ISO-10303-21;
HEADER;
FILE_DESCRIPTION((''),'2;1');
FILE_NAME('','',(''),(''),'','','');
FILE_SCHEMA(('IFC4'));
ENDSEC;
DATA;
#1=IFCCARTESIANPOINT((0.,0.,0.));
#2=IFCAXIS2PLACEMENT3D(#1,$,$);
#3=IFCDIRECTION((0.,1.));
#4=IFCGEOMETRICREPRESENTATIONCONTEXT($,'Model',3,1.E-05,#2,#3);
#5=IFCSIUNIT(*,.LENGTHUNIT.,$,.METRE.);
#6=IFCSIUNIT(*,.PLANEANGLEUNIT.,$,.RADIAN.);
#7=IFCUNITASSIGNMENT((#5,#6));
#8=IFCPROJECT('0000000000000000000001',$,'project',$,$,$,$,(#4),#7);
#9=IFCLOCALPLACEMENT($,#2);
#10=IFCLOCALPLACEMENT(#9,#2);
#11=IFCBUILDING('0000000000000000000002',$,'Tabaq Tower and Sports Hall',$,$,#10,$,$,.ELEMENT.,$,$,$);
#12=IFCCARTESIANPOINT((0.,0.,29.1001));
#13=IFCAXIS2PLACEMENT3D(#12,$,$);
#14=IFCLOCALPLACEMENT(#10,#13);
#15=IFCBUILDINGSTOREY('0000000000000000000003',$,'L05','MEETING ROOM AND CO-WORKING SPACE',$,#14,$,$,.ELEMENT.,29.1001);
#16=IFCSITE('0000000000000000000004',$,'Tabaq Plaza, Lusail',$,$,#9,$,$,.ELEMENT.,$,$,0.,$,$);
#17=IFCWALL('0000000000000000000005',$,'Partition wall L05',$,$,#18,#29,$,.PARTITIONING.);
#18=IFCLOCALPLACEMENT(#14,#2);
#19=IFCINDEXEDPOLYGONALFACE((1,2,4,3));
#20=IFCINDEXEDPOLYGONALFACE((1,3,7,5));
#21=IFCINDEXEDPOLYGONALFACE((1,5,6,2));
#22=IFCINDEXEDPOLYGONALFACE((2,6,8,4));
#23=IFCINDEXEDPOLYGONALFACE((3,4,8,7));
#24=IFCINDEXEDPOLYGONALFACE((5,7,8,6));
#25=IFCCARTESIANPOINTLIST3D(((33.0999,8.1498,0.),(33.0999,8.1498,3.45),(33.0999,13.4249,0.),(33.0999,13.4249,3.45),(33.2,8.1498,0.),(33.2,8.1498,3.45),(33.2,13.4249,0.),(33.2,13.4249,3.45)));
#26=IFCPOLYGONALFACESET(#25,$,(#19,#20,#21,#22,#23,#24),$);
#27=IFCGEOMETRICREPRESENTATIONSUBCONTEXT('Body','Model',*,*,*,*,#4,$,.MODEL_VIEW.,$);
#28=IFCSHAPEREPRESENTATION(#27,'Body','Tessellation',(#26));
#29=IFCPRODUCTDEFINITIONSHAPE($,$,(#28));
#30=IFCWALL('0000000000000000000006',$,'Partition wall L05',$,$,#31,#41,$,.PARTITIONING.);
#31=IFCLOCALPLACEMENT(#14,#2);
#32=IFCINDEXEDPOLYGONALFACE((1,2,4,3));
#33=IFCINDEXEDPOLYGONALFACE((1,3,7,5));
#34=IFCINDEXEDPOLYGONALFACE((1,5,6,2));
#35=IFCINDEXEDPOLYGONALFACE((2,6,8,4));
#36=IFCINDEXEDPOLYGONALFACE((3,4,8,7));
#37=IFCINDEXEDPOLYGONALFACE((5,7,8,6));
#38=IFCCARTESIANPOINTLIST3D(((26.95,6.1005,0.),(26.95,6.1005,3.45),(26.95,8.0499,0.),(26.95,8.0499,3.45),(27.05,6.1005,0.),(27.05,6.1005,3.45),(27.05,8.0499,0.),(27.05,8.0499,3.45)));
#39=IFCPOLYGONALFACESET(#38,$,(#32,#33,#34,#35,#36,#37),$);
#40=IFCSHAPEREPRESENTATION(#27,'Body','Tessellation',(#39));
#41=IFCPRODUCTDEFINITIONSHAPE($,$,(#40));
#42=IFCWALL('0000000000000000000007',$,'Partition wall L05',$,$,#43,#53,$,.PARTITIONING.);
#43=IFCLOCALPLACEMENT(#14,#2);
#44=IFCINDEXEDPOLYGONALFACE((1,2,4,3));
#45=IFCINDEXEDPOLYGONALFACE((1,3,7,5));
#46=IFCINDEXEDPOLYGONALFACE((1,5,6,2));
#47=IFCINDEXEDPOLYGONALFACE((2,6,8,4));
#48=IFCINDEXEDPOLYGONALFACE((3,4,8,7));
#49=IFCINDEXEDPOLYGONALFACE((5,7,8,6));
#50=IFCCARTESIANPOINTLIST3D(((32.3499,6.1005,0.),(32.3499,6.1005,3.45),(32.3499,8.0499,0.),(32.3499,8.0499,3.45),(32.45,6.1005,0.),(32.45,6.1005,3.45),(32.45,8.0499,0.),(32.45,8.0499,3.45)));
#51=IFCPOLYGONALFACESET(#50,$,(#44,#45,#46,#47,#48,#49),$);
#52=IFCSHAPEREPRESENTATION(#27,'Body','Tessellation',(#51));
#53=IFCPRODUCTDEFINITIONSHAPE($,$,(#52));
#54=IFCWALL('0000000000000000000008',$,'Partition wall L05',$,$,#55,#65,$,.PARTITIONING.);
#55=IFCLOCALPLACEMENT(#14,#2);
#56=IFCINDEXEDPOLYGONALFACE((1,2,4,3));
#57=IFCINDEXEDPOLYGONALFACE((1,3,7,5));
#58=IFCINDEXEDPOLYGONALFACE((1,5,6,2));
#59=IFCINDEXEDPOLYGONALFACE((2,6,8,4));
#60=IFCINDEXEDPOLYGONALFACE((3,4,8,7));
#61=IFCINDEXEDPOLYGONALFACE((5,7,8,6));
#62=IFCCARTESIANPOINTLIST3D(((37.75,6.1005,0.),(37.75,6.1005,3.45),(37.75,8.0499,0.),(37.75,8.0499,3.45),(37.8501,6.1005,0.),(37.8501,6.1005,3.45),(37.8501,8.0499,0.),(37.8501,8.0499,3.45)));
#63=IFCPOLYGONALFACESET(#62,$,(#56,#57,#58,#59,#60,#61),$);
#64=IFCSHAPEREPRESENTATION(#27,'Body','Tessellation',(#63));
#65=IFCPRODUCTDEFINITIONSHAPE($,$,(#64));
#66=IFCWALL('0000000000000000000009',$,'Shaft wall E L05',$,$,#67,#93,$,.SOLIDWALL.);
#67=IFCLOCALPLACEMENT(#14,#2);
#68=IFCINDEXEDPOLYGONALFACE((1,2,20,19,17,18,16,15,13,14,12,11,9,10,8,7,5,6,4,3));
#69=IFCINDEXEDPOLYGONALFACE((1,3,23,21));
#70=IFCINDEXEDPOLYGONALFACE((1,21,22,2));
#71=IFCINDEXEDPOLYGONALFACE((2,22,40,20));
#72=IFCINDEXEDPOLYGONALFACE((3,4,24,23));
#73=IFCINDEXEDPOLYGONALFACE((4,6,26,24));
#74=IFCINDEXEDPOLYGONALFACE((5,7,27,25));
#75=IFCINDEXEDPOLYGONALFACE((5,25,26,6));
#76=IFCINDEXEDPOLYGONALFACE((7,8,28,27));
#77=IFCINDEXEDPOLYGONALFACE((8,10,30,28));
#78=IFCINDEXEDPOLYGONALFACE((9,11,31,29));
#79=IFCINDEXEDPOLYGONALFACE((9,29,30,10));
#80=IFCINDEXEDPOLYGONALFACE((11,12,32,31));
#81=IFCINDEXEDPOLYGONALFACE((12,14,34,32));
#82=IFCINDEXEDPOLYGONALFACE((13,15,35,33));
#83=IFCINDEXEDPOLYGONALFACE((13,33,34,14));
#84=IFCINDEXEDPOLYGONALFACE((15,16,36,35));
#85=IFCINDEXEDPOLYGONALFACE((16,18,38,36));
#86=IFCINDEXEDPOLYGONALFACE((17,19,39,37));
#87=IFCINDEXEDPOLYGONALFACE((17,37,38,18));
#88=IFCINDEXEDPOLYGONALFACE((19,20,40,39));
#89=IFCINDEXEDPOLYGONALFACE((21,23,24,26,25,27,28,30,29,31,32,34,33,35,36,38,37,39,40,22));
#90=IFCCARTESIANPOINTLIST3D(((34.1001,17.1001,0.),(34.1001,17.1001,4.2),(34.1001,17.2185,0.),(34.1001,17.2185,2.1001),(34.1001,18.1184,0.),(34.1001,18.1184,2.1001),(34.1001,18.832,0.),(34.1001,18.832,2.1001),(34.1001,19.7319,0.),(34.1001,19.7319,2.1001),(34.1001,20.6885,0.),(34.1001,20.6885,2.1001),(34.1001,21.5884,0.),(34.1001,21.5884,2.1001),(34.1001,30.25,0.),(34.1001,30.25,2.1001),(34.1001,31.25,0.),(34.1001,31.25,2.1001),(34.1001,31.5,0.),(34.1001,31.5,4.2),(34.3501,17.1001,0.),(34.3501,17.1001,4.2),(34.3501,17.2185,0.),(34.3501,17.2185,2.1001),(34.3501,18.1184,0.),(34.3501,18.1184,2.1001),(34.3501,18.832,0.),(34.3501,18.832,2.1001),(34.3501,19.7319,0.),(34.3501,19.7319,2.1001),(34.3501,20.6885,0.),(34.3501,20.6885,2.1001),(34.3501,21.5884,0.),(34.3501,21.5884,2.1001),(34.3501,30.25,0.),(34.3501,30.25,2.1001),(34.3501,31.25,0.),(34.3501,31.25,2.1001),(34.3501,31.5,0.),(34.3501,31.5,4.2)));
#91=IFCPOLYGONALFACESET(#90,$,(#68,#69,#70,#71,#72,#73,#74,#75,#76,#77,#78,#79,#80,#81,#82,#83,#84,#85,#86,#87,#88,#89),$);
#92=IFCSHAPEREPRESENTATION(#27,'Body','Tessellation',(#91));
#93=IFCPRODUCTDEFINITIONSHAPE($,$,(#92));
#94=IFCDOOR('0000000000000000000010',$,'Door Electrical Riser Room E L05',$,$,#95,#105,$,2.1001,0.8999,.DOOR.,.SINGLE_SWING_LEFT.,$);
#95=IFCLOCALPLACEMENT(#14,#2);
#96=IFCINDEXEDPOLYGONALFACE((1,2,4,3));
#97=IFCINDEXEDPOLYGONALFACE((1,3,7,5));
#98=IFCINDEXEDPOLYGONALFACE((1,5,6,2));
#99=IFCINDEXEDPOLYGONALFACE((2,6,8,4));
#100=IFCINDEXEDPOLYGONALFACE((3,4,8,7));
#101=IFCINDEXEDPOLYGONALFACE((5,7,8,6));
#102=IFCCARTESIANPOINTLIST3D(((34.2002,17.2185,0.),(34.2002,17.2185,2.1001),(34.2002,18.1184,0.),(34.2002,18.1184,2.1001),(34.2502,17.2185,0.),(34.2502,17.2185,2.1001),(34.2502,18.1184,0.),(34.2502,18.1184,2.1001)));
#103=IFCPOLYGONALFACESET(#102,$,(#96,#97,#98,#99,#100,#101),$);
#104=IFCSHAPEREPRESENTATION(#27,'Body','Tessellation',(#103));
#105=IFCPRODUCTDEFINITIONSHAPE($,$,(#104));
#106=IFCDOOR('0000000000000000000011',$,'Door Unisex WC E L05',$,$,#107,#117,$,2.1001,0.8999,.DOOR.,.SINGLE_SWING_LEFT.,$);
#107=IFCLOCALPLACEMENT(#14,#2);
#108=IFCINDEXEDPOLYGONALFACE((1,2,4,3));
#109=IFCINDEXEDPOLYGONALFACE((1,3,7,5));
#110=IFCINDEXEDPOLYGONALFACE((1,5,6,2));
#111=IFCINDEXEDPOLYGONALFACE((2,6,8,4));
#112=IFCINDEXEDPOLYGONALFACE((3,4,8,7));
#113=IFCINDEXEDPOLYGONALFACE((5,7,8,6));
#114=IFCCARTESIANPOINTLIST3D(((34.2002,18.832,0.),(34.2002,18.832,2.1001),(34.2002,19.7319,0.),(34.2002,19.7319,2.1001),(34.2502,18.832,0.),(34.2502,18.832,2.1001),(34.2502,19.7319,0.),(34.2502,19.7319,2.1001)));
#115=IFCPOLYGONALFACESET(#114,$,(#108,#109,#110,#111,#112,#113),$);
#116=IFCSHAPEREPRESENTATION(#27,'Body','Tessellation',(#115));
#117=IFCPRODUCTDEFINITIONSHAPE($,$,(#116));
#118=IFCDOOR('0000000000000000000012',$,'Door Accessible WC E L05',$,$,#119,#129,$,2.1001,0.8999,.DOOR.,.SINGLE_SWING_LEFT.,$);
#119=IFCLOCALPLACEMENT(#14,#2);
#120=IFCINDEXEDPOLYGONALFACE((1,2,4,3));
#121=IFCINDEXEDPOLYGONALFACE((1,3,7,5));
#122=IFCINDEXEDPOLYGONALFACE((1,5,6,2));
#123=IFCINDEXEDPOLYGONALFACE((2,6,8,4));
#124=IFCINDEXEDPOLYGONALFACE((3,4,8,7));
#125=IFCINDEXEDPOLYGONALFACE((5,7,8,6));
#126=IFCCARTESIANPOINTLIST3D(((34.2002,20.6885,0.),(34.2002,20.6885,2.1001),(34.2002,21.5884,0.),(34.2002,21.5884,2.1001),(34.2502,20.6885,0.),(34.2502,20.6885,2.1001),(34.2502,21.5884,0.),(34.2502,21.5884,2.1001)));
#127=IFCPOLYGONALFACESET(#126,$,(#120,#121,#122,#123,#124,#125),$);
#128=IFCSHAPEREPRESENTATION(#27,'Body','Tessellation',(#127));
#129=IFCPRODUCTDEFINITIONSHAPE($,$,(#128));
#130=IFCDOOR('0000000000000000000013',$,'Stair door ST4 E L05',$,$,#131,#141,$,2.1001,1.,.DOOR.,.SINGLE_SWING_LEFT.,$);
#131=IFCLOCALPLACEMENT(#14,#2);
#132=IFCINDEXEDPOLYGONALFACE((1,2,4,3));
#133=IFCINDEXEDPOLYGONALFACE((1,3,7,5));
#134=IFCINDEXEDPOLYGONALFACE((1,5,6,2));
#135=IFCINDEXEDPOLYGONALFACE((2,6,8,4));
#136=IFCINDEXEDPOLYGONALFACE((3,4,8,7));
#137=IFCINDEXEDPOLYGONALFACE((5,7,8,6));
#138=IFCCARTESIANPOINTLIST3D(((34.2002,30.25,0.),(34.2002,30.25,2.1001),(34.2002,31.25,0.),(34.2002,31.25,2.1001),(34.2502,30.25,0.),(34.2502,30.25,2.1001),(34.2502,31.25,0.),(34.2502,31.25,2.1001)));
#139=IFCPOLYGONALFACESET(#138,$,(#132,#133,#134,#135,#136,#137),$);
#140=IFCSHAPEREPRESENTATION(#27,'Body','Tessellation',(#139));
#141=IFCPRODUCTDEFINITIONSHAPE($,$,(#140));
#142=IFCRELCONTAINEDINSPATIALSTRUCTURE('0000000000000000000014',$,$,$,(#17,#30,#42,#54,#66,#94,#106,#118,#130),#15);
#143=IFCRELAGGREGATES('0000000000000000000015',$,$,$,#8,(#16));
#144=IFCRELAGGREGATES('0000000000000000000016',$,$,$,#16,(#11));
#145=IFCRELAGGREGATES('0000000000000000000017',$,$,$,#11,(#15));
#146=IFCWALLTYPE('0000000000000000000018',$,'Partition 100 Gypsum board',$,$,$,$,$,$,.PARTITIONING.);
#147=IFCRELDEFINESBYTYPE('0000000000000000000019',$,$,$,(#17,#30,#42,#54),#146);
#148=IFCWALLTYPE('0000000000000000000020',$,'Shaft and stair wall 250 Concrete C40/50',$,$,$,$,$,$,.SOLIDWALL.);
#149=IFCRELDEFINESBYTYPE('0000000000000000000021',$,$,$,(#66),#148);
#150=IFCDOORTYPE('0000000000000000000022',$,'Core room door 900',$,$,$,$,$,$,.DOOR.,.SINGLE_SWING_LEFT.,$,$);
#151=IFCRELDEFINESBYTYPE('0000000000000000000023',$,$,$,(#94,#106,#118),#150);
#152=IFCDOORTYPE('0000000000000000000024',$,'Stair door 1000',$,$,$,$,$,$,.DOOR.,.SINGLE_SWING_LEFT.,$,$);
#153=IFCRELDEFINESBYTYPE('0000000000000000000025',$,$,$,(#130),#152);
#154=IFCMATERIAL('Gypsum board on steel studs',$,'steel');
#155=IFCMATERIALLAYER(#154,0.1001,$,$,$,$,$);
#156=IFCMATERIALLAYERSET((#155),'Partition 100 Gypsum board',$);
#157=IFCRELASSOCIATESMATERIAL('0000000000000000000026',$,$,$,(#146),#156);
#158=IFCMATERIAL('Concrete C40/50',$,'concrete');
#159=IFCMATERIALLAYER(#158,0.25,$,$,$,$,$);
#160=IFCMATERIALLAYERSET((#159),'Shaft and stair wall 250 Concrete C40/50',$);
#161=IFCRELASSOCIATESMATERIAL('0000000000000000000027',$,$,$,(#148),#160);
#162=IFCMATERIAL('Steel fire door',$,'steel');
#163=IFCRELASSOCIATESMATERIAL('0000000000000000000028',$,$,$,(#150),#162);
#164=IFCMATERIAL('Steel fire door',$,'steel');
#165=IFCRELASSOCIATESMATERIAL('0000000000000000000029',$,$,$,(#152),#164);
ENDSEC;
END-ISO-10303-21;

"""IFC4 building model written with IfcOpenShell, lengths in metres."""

from ifc_helpers import new_model, si_unit, direction, frame, frame_2d, origin, place, context, subcontext, project, spatial, rectangle, extrude, material, layer, layer_set, type_object, element, fill, save


model = new_model("IFC4")

# Units and contexts
model_context = context("Model", 3, precision=1e-05, world=origin(), true_north=direction((0.0, 1.0)))
body_context = subcontext(model_context, "Body", "Model", "MODEL_VIEW")
ifc_project = project(units=[si_unit("LENGTHUNIT", "METRE"), si_unit("PLANEANGLEUNIT", "RADIAN")], contexts=[model_context])

# Site, building, storey
site_placement = place(None, origin())
site = spatial("IfcSite", under=ifc_project, at=site_placement, Name="Tabaq Plaza, Lusail", CompositionType="ELEMENT", RefElevation=0.0)
building_placement = place(site_placement, origin())
building = spatial("IfcBuilding", under=site, at=building_placement, Name="Tabaq Tower and Sports Hall", CompositionType="ELEMENT")
storey_placement = place(building_placement, frame((0.0, 0.0, 29.1001)))
storey = spatial("IfcBuildingStorey", under=building, at=storey_placement, Name="L05", Description="MEETING ROOM AND CO-WORKING SPACE", CompositionType="ELEMENT", Elevation=29.1001)

# Walls
ifc_material_1 = material(Name="Gypsum board on steel studs", Category="steel")
ifc_layer_1 = layer(ifc_material_1, 0.1001)
ifc_layer_set_1 = layer_set([ifc_layer_1], Name="Partition 100 Gypsum board")
wall_type_1 = type_object("IfcWallType", Name="Partition 100 Gypsum board", PredefinedType="PARTITIONING", material=ifc_layer_set_1)
wall_1_placement = place(storey_placement, frame((33.1499, 13.425, 0.0), z_axis=(0.0, 0.0, 1.0), x_axis=(0.0, -1.0, 0.0)))
element("IfcWall", 1, at=wall_1_placement, inside=storey, type_object=wall_type_1, Name="Partition wall L05", PredefinedType="PARTITIONING", context=body_context, shape_type="SweptSolid", body=[
    extrude(rectangle(XDim=5.2751, YDim=0.1001, at=frame_2d((2.6377, 0.0))), origin(), (0.0, 0.0, 1.0), 3.45),
])
for number, where, z_axis, x_axis, name in (
    (2, (27.0, 6.1006, 0.0), (0.0, 0.0, 1.0), (0.0, 1.0, 0.0), "Partition wall L05"),
    (3, (32.3999, 6.1006, 0.0), (0.0, 0.0, 1.0), (0.0, 1.0, 0.0), "Partition wall L05"),
    (4, (37.8, 6.1006, 0.0), (0.0, 0.0, 1.0), (0.0, 1.0, 0.0), "Partition wall L05"),
):
    element("IfcWall", number, at=place(storey_placement, frame(where, z_axis=z_axis, x_axis=x_axis)), inside=storey, type_object=wall_type_1, Name=name, PredefinedType="PARTITIONING", context=body_context, shape_type="SweptSolid", body=[
        extrude(rectangle(XDim=1.9495, YDim=0.1001, at=frame_2d((0.9746, 0.0))), origin(), (0.0, 0.0, 1.0), 3.45),
    ])

# Wall, openings, doors
ifc_material_2 = material(Name="Concrete C40/50", Category="concrete")
ifc_layer_2 = layer(ifc_material_2, 0.25)
ifc_layer_set_2 = layer_set([ifc_layer_2], Name="Shaft and stair wall 250 Concrete C40/50")
wall_type_2 = type_object("IfcWallType", Name="Shaft and stair wall 250 Concrete C40/50", PredefinedType="SOLIDWALL", material=ifc_layer_set_2)
wall_2_placement = place(storey_placement, frame((34.2251, 17.1001, 0.0), z_axis=(0.0, 0.0, 1.0), x_axis=(0.0, 1.0, 0.0)))
wall_2 = element("IfcWall", 5, at=wall_2_placement, inside=storey, type_object=wall_type_2, Name="Shaft wall E L05", PredefinedType="SOLIDWALL", context=body_context, shape_type="SweptSolid", body=[
    extrude(rectangle(XDim=14.3999, YDim=0.25, at=frame_2d((7.2, 0.0))), origin(), (0.0, 0.0, 1.0), 4.2),
])
opening_1_placement = place(wall_2_placement, frame((13.1499, 0.0, 0.0)))
opening_1 = element("IfcOpeningElement", 6, at=opening_1_placement, cuts=wall_2, PredefinedType="OPENING", context=body_context, shape_type="SweptSolid", body=[
    extrude(rectangle(XDim=1.0, YDim=2.1001, at=frame_2d((0.5, 1.05))), frame((0.0, 0.125, 0.0), z_axis=(0.0, -1.0, 0.0), x_axis=(1.0, 0.0, 0.0)), (0.0, 0.0, 1.0), 0.25),
])
opening_2_placement = place(wall_2_placement, frame((0.1184, 0.0, 0.0)))
opening_2 = element("IfcOpeningElement", 7, at=opening_2_placement, cuts=wall_2, PredefinedType="OPENING", context=body_context, shape_type="SweptSolid", body=[
    extrude(rectangle(XDim=0.8999, YDim=2.1001, at=frame_2d((0.45, 1.05))), frame((0.0, 0.125, 0.0), z_axis=(0.0, -1.0, 0.0), x_axis=(1.0, 0.0, 0.0)), (0.0, 0.0, 1.0), 0.25),
])
opening_3_placement = place(wall_2_placement, frame((1.7319, 0.0, 0.0)))
opening_3 = element("IfcOpeningElement", 8, at=opening_3_placement, cuts=wall_2, PredefinedType="OPENING", context=body_context, shape_type="SweptSolid", body=[
    extrude(rectangle(XDim=0.8999, YDim=2.1001, at=frame_2d((0.45, 1.05))), frame((0.0, 0.125, 0.0), z_axis=(0.0, -1.0, 0.0), x_axis=(1.0, 0.0, 0.0)), (0.0, 0.0, 1.0), 0.25),
])
opening_4_placement = place(wall_2_placement, frame((3.5884, 0.0, 0.0)))
opening_4 = element("IfcOpeningElement", 9, at=opening_4_placement, cuts=wall_2, PredefinedType="OPENING", context=body_context, shape_type="SweptSolid", body=[
    extrude(rectangle(XDim=0.8999, YDim=2.1001, at=frame_2d((0.45, 1.05))), frame((0.0, 0.125, 0.0), z_axis=(0.0, -1.0, 0.0), x_axis=(1.0, 0.0, 0.0)), (0.0, 0.0, 1.0), 0.25),
])
ifc_material_3 = material(Name="Steel fire door", Category="steel")
door_type_1 = type_object("IfcDoorType", Name="Core room door 900", OperationType="SINGLE_SWING_LEFT", PredefinedType="DOOR", material=ifc_material_3)
door_1_placement = place(opening_2_placement, origin())
door_1 = element("IfcDoor", 10, at=door_1_placement, inside=storey, type_object=door_type_1, Name="Door Electrical Riser Room E L05", OperationType="SINGLE_SWING_LEFT", OverallHeight=2.1001, OverallWidth=0.8999, PredefinedType="DOOR", context=body_context, shape_type="SweptSolid", body=[
    extrude(rectangle(XDim=0.8999, YDim=2.1001, at=frame_2d((0.45, 1.05))), frame((0.0, 0.0249, 0.0), z_axis=(0.0, -1.0, 0.0), x_axis=(1.0, 0.0, 0.0)), (0.0, 0.0, 1.0), 0.05),
])
fill(opening_2, door_1)
door_2_placement = place(opening_3_placement, origin())
door_2 = element("IfcDoor", 11, at=door_2_placement, inside=storey, type_object=door_type_1, Name="Door Unisex WC E L05", OperationType="SINGLE_SWING_LEFT", OverallHeight=2.1001, OverallWidth=0.8999, PredefinedType="DOOR", context=body_context, shape_type="SweptSolid", body=[
    extrude(rectangle(XDim=0.8999, YDim=2.1001, at=frame_2d((0.45, 1.05))), frame((0.0, 0.0249, 0.0), z_axis=(0.0, -1.0, 0.0), x_axis=(1.0, 0.0, 0.0)), (0.0, 0.0, 1.0), 0.05),
])
fill(opening_3, door_2)
door_3_placement = place(opening_4_placement, origin())
door_3 = element("IfcDoor", 12, at=door_3_placement, inside=storey, type_object=door_type_1, Name="Door Accessible WC E L05", OperationType="SINGLE_SWING_LEFT", OverallHeight=2.1001, OverallWidth=0.8999, PredefinedType="DOOR", context=body_context, shape_type="SweptSolid", body=[
    extrude(rectangle(XDim=0.8999, YDim=2.1001, at=frame_2d((0.45, 1.05))), frame((0.0, 0.0249, 0.0), z_axis=(0.0, -1.0, 0.0), x_axis=(1.0, 0.0, 0.0)), (0.0, 0.0, 1.0), 0.05),
])
fill(opening_4, door_3)
ifc_material_4 = material(Name="Steel fire door", Category="steel")
door_type_2 = type_object("IfcDoorType", Name="Stair door 1000", OperationType="SINGLE_SWING_LEFT", PredefinedType="DOOR", material=ifc_material_4)
door_4_placement = place(opening_1_placement, origin())
door_4 = element("IfcDoor", 13, at=door_4_placement, inside=storey, type_object=door_type_2, Name="Stair door ST4 E L05", OperationType="SINGLE_SWING_LEFT", OverallHeight=2.1001, OverallWidth=1.0, PredefinedType="DOOR", context=body_context, shape_type="SweptSolid", body=[
    extrude(rectangle(XDim=1.0, YDim=2.1001, at=frame_2d((0.5, 1.05))), frame((0.0, 0.0249, 0.0), z_axis=(0.0, -1.0, 0.0), x_axis=(1.0, 0.0, 0.0)), (0.0, 0.0, 1.0), 0.05),
])
fill(opening_1, door_4)

save(model, "model.ifc")
